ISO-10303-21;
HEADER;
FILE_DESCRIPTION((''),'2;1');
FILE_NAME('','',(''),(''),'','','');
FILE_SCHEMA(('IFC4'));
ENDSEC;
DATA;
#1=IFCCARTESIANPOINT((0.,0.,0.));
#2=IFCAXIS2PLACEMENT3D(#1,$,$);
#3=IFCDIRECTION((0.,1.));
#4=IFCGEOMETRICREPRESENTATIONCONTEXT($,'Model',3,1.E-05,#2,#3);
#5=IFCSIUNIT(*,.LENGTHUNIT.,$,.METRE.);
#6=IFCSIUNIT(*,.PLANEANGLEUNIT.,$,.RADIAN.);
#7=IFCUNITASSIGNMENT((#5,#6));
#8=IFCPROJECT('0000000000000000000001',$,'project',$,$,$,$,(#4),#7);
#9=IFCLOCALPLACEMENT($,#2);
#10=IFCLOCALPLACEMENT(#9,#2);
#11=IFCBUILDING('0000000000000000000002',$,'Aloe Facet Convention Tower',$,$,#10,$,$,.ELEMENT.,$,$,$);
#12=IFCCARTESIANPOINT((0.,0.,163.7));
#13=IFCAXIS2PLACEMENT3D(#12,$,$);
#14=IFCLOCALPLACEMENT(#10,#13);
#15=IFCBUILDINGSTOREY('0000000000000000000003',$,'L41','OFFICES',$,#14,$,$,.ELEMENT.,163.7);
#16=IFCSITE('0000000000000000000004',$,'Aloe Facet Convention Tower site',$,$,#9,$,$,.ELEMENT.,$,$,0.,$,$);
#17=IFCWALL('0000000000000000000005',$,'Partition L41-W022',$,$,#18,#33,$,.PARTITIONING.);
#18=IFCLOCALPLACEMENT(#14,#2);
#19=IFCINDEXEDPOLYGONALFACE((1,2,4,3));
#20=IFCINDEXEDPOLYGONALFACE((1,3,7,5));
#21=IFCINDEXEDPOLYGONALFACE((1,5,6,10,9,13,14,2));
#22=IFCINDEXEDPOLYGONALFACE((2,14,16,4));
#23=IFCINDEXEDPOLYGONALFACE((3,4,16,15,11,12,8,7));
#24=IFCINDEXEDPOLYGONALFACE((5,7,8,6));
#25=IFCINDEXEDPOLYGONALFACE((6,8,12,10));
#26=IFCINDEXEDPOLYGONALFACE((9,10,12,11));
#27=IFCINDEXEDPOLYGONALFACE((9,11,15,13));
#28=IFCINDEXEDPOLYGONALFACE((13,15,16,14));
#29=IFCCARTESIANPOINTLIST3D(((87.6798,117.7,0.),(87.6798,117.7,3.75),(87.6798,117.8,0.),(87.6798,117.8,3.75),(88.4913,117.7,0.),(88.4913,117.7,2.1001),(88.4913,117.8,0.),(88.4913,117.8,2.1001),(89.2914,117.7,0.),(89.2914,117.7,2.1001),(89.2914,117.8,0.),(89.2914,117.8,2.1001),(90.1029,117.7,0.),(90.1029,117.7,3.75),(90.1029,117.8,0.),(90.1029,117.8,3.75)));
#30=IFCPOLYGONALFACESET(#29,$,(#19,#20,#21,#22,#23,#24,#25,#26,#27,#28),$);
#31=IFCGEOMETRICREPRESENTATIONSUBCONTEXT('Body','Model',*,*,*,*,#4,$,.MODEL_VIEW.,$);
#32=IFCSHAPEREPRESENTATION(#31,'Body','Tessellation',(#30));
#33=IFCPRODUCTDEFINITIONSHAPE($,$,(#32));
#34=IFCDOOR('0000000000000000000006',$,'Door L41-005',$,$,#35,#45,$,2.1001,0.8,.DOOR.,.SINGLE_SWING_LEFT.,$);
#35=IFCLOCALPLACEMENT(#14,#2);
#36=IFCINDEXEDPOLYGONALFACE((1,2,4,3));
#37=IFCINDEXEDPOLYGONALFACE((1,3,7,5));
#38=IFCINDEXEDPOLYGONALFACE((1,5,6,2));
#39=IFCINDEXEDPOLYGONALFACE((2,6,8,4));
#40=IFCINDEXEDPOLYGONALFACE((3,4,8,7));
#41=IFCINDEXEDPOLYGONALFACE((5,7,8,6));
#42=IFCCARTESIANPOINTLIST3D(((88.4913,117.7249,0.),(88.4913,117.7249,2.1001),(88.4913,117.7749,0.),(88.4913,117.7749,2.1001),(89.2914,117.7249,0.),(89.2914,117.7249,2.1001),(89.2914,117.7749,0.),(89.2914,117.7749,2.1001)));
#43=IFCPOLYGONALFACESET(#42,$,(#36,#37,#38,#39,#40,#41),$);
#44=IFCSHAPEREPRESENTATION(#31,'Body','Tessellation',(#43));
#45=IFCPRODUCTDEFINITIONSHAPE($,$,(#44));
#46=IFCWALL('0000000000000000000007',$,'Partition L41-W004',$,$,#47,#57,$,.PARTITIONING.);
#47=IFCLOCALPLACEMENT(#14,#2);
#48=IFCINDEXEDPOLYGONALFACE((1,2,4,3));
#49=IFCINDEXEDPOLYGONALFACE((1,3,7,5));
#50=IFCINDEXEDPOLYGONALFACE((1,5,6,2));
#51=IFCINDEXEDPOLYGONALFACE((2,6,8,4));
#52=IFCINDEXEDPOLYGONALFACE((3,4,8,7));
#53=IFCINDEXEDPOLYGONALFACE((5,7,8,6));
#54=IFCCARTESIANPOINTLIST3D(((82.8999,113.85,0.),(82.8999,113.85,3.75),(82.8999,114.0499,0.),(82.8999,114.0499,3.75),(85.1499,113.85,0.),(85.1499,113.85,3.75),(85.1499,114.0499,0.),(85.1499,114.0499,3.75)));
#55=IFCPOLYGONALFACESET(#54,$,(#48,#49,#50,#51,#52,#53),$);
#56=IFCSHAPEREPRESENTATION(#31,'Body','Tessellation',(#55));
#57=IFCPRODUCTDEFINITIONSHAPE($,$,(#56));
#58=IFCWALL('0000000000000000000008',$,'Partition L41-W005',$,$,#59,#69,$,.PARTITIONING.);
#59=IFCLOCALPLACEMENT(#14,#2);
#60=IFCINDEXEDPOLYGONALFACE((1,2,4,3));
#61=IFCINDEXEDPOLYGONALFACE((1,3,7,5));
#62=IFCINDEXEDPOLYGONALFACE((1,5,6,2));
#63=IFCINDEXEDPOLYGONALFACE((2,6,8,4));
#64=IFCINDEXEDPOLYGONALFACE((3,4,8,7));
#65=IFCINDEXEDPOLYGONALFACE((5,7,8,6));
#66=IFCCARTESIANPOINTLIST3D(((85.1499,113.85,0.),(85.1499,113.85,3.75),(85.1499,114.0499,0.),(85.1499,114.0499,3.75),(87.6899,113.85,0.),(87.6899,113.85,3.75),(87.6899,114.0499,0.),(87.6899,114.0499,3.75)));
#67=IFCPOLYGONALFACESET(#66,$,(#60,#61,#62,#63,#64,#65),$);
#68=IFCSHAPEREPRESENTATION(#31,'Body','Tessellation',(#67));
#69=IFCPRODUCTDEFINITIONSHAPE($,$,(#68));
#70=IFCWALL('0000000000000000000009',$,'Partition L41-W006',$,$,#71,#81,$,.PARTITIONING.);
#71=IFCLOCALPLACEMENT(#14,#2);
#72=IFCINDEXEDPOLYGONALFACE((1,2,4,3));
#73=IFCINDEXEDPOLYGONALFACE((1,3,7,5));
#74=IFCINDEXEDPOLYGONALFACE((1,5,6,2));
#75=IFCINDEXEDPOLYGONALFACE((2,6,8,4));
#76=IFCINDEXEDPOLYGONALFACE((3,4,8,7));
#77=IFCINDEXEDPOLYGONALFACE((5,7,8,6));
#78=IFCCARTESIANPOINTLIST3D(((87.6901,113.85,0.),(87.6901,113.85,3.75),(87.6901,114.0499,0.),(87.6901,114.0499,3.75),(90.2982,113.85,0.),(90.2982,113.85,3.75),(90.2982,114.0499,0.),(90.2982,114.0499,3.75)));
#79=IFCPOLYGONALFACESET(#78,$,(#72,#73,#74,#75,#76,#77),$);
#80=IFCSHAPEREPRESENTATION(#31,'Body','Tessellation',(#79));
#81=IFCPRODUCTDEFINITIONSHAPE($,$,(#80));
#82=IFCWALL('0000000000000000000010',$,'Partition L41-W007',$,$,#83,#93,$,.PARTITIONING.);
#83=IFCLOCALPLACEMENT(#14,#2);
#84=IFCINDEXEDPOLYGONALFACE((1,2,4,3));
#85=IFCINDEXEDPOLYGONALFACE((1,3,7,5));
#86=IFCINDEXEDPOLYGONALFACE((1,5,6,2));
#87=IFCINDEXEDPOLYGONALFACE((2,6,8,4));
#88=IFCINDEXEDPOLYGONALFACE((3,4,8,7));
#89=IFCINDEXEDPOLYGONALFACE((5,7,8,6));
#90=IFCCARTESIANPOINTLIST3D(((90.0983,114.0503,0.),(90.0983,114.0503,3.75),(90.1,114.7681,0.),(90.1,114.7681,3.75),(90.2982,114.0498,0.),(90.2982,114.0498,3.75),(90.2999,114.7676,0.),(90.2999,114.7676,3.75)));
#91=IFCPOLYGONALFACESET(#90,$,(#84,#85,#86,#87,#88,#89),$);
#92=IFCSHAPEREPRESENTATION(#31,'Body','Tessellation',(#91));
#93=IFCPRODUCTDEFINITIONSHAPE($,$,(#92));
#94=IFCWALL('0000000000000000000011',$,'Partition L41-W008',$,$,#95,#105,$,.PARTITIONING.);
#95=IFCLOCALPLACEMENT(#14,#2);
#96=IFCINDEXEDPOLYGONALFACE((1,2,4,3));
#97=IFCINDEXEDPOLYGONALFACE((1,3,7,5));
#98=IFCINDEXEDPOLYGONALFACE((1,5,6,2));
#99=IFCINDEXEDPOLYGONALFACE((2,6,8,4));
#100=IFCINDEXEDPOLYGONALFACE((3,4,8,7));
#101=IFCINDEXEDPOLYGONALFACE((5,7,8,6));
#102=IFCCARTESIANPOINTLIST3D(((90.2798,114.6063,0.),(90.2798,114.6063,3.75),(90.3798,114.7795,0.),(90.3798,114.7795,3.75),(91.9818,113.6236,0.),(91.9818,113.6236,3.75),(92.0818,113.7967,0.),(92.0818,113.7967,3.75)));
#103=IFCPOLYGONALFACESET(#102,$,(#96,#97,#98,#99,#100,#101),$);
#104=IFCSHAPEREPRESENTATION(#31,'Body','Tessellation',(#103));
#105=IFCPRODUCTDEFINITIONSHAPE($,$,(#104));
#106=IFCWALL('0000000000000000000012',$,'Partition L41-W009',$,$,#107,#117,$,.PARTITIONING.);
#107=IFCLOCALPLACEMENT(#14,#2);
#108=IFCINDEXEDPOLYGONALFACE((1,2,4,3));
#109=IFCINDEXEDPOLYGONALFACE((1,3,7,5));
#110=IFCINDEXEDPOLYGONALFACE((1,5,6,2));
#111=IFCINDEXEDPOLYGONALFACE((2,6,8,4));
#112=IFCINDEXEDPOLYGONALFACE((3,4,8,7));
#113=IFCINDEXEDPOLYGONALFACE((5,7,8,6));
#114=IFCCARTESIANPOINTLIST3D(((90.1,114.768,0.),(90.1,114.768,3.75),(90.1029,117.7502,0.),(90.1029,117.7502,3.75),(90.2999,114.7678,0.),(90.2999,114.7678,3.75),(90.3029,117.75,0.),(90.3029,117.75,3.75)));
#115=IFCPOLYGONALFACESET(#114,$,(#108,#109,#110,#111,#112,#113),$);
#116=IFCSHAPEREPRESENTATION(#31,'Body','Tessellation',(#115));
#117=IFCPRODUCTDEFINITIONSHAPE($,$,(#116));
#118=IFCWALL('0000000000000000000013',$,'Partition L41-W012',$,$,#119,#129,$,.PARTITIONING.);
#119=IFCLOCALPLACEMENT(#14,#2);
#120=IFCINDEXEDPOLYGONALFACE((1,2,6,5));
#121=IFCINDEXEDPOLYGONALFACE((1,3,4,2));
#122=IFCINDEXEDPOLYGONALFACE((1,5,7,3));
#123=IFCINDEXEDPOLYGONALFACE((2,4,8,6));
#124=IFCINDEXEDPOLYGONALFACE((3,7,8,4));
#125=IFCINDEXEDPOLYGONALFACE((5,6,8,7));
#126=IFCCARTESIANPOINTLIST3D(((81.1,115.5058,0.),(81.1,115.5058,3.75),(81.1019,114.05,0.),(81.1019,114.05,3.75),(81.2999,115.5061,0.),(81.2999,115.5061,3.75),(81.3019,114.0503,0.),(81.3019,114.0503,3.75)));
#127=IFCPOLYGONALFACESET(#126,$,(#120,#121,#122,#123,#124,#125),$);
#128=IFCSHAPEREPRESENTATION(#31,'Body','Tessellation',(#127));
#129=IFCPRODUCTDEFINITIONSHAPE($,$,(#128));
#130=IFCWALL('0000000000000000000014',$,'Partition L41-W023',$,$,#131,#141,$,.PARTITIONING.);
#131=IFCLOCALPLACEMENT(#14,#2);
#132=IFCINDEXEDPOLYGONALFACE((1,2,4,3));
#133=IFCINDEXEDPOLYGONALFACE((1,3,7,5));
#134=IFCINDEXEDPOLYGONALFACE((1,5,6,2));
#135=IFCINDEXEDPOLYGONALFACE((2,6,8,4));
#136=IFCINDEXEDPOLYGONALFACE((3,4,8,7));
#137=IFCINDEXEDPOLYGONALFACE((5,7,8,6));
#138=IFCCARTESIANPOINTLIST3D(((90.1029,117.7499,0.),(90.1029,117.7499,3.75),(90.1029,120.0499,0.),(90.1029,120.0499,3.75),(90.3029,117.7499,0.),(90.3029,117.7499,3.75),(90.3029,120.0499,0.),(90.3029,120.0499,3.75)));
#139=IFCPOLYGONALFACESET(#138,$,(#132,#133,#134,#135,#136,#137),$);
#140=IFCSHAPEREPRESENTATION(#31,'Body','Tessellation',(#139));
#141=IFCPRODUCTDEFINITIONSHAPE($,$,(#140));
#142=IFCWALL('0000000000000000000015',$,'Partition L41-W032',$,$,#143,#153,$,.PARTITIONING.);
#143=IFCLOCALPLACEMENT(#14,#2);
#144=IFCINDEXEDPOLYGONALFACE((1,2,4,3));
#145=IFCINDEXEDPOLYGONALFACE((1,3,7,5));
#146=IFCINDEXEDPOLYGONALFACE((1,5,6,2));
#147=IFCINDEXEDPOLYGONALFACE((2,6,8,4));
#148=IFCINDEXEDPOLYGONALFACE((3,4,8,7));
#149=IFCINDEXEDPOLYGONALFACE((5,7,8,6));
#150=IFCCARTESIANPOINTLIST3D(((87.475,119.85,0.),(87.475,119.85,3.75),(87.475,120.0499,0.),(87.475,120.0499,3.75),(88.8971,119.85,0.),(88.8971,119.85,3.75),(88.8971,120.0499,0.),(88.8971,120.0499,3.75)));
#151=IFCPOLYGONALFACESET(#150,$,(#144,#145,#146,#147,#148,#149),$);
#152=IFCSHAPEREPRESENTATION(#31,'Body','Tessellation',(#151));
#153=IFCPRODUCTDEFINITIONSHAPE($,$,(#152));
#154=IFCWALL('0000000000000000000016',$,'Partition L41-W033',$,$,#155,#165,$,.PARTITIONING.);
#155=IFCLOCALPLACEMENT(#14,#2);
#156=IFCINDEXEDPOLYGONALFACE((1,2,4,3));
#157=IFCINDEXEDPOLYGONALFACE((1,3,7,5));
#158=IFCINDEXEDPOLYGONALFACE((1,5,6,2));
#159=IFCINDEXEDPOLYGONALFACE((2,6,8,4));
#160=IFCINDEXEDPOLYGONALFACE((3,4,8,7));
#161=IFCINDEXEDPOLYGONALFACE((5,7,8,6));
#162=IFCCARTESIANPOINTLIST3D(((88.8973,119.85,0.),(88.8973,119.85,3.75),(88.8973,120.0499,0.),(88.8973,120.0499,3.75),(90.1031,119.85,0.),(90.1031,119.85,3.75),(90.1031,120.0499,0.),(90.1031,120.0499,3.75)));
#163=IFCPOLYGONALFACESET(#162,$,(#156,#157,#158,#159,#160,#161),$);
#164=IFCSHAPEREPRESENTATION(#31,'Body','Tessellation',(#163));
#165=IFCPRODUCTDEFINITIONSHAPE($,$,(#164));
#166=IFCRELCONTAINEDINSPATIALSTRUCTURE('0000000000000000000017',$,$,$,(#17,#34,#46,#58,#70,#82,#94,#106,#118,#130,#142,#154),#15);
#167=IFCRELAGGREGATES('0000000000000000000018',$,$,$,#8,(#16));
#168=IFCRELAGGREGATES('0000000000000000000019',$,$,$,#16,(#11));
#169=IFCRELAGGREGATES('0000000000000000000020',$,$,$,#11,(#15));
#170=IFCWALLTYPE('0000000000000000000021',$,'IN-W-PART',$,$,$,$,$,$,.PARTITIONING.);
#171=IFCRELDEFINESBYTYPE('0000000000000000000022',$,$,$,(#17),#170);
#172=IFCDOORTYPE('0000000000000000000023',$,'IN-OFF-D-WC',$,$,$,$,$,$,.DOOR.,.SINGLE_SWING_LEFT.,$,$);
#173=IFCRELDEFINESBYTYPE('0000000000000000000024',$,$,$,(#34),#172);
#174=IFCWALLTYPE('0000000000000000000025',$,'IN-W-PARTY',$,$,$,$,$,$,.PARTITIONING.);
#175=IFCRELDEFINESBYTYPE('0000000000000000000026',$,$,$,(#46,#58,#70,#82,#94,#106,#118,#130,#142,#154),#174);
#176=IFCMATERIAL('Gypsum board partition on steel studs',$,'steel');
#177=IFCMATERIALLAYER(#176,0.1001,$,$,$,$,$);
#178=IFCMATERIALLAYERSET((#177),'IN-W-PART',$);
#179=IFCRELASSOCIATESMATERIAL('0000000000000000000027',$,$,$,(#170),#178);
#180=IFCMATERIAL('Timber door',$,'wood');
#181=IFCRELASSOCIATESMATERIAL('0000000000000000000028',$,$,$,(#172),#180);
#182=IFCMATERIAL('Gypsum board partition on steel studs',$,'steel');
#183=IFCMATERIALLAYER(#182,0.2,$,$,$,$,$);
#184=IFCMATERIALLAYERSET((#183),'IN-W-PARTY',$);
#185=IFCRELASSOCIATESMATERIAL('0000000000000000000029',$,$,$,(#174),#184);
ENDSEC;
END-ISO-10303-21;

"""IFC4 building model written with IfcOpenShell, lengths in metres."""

from ifc_helpers import new_model, si_unit, direction, frame, frame_2d, origin, place, context, subcontext, project, spatial, rectangle, extrude, material, layer, layer_set, type_object, element, fill, save


model = new_model("IFC4")

# Units and contexts
model_context = context("Model", 3, precision=1e-05, world=origin(), true_north=direction((0.0, 1.0)))
body_context = subcontext(model_context, "Body", "Model", "MODEL_VIEW")
ifc_project = project(units=[si_unit("LENGTHUNIT", "METRE"), si_unit("PLANEANGLEUNIT", "RADIAN")], contexts=[model_context])

# Site, building, storey
site_placement = place(None, origin())
site = spatial("IfcSite", under=ifc_project, at=site_placement, Name="Aloe Facet Convention Tower site", CompositionType="ELEMENT", RefElevation=0.0)
building_placement = place(site_placement, origin())
building = spatial("IfcBuilding", under=site, at=building_placement, Name="Aloe Facet Convention Tower", CompositionType="ELEMENT")
storey_placement = place(building_placement, frame((0.0, 0.0, 163.7)))
storey = spatial("IfcBuildingStorey", under=building, at=storey_placement, Name="L41", Description="OFFICES", CompositionType="ELEMENT", Elevation=163.7)

# Shared definitions
ifc_material_1 = material(Name="Gypsum board partition on steel studs", Category="steel")
ifc_layer_1 = layer(ifc_material_1, 0.1001)
ifc_layer_set_1 = layer_set([ifc_layer_1], Name="IN-W-PART")
wall_type_1 = type_object("IfcWallType", Name="IN-W-PART", PredefinedType="PARTITIONING", material=ifc_layer_set_1)

# Wall, opening, door
ifc_material_2 = material(Name="Timber door", Category="wood")
door_type_1 = type_object("IfcDoorType", Name="IN-OFF-D-WC", OperationType="SINGLE_SWING_LEFT", PredefinedType="DOOR", material=ifc_material_2)
wall_1_placement = place(storey_placement, frame((87.6799, 117.75, 0.0), z_axis=(0.0, 0.0, 1.0), x_axis=(1.0, 0.0, 0.0)))
wall_1 = element("IfcWall", 1, at=wall_1_placement, inside=storey, type_object=wall_type_1, Name="Partition L41-W022", PredefinedType="PARTITIONING", context=body_context, shape_type="SweptSolid", body=[
    extrude(rectangle(XDim=2.4231, YDim=0.1001, at=frame_2d((1.2114, 0.0))), origin(), (0.0, 0.0, 1.0), 3.75),
])
opening_1_placement = place(wall_1_placement, frame((0.8115, 0.0, 0.0)))
opening_1 = element("IfcOpeningElement", 2, at=opening_1_placement, cuts=wall_1, PredefinedType="OPENING", context=body_context, shape_type="SweptSolid", body=[
    extrude(rectangle(XDim=0.8, YDim=2.1001, at=frame_2d((0.3999, 1.05))), frame((0.0, 0.0601, 0.0), z_axis=(0.0, -1.0, 0.0), x_axis=(1.0, 0.0, 0.0)), (0.0, 0.0, 1.0), 0.1201),
])
door_1_placement = place(opening_1_placement, origin())
door_1 = element("IfcDoor", 3, at=door_1_placement, inside=storey, type_object=door_type_1, Name="Door L41-005", OperationType="SINGLE_SWING_LEFT", OverallHeight=2.1001, OverallWidth=0.8, PredefinedType="DOOR", context=body_context, shape_type="SweptSolid", body=[
    extrude(rectangle(XDim=0.8, YDim=2.1001, at=frame_2d((0.3999, 1.05))), frame((0.0, 0.0249, 0.0), z_axis=(0.0, -1.0, 0.0), x_axis=(1.0, 0.0, 0.0)), (0.0, 0.0, 1.0), 0.05),
])
fill(opening_1, door_1)

# Walls
ifc_material_3 = material(Name="Gypsum board partition on steel studs", Category="steel")
ifc_layer_2 = layer(ifc_material_3, 0.2)
ifc_layer_set_2 = layer_set([ifc_layer_2], Name="IN-W-PARTY")
wall_type_2 = type_object("IfcWallType", Name="IN-W-PARTY", PredefinedType="PARTITIONING", material=ifc_layer_set_2)
wall_2_placement = place(storey_placement, frame((82.8999, 113.95, 0.0), z_axis=(0.0, 0.0, 1.0), x_axis=(1.0, 0.0, 0.0)))
element("IfcWall", 4, at=wall_2_placement, inside=storey, type_object=wall_type_2, Name="Partition L41-W004", PredefinedType="PARTITIONING", context=body_context, shape_type="SweptSolid", body=[
    extrude(rectangle(XDim=2.25, YDim=0.2, at=frame_2d((1.125, 0.0))), origin(), (0.0, 0.0, 1.0), 3.75),
])
wall_3_placement = place(storey_placement, frame((85.1499, 113.95, 0.0), z_axis=(0.0, 0.0, 1.0), x_axis=(1.0, 0.0, 0.0)))
element("IfcWall", 5, at=wall_3_placement, inside=storey, type_object=wall_type_2, Name="Partition L41-W005", PredefinedType="PARTITIONING", context=body_context, shape_type="SweptSolid", body=[
    extrude(rectangle(XDim=2.54, YDim=0.2, at=frame_2d((1.27, 0.0))), origin(), (0.0, 0.0, 1.0), 3.75),
])
wall_4_placement = place(storey_placement, frame((87.6899, 113.95, 0.0), z_axis=(0.0, 0.0, 1.0), x_axis=(1.0, 0.0, 0.0)))
element("IfcWall", 6, at=wall_4_placement, inside=storey, type_object=wall_type_2, Name="Partition L41-W006", PredefinedType="PARTITIONING", context=body_context, shape_type="SweptSolid", body=[
    extrude(rectangle(XDim=2.6082, YDim=0.2, at=frame_2d((1.3042, 0.0))), origin(), (0.0, 0.0, 1.0), 3.75),
])
wall_5_placement = place(storey_placement, frame((90.1982, 114.05, 0.0), z_axis=(0.0, 0.0, 1.0), x_axis=(0.002381, 0.999997, 0.0)))
element("IfcWall", 7, at=wall_5_placement, inside=storey, type_object=wall_type_2, Name="Partition L41-W007", PredefinedType="PARTITIONING", context=body_context, shape_type="SweptSolid", body=[
    extrude(rectangle(XDim=0.7178, YDim=0.2, at=frame_2d((0.3589, 0.0))), origin(), (0.0, 0.0, 1.0), 3.75),
])
wall_6_placement = place(storey_placement, frame((90.3298, 114.6929, 0.0), z_axis=(0.0, 0.0, 1.0), x_axis=(0.86601, -0.500027, 0.0)))
element("IfcWall", 8, at=wall_6_placement, inside=storey, type_object=wall_type_2, Name="Partition L41-W008", PredefinedType="PARTITIONING", context=body_context, shape_type="SweptSolid", body=[
    extrude(rectangle(XDim=1.9653, YDim=0.2, at=frame_2d((0.9827, 0.0))), origin(), (0.0, 0.0, 1.0), 3.75),
])
wall_7_placement = place(storey_placement, frame((90.2, 114.7678, 0.0), z_axis=(0.0, 0.0, 1.0), x_axis=(0.000982, 1.0, 0.0)))
element("IfcWall", 9, at=wall_7_placement, inside=storey, type_object=wall_type_2, Name="Partition L41-W009", PredefinedType="PARTITIONING", context=body_context, shape_type="SweptSolid", body=[
    extrude(rectangle(XDim=2.9822, YDim=0.2, at=frame_2d((1.4912, 0.0))), origin(), (0.0, 0.0, 1.0), 3.75),
])
wall_8_placement = place(storey_placement, frame((81.2019, 114.05, 0.0), z_axis=(0.0, 0.0, 1.0), x_axis=(-0.001342, 0.999999, 0.0)))
element("IfcWall", 10, at=wall_8_placement, inside=storey, type_object=wall_type_2, Name="Partition L41-W012", PredefinedType="PARTITIONING", context=body_context, shape_type="SweptSolid", body=[
    extrude(rectangle(XDim=1.4558, YDim=0.2, at=frame_2d((0.728, 0.0))), origin(), (0.0, 0.0, 1.0), 3.75),
])
wall_9_placement = place(storey_placement, frame((90.2029, 117.75, 0.0), z_axis=(0.0, 0.0, 1.0), x_axis=(0.0, 1.0, 0.0)))
element("IfcWall", 11, at=wall_9_placement, inside=storey, type_object=wall_type_2, Name="Partition L41-W023", PredefinedType="PARTITIONING", context=body_context, shape_type="SweptSolid", body=[
    extrude(rectangle(XDim=2.3, YDim=0.2, at=frame_2d((1.1499, 0.0))), origin(), (0.0, 0.0, 1.0), 3.75),
])
wall_10_placement = place(storey_placement, frame((87.4751, 119.95, 0.0), z_axis=(0.0, 0.0, 1.0), x_axis=(1.0, 0.0, 0.0)))
element("IfcWall", 12, at=wall_10_placement, inside=storey, type_object=wall_type_2, Name="Partition L41-W032", PredefinedType="PARTITIONING", context=body_context, shape_type="SweptSolid", body=[
    extrude(rectangle(XDim=1.4221, YDim=0.2, at=frame_2d((0.7109, 0.0))), origin(), (0.0, 0.0, 1.0), 3.75),
])
wall_11_placement = place(storey_placement, frame((88.8972, 119.95, 0.0), z_axis=(0.0, 0.0, 1.0), x_axis=(1.0, 0.0, 0.0)))
element("IfcWall", 13, at=wall_11_placement, inside=storey, type_object=wall_type_2, Name="Partition L41-W033", PredefinedType="PARTITIONING", context=body_context, shape_type="SweptSolid", body=[
    extrude(rectangle(XDim=1.2058, YDim=0.2, at=frame_2d((0.603, 0.0))), origin(), (0.0, 0.0, 1.0), 3.75),
])

save(model, "model.ifc")
